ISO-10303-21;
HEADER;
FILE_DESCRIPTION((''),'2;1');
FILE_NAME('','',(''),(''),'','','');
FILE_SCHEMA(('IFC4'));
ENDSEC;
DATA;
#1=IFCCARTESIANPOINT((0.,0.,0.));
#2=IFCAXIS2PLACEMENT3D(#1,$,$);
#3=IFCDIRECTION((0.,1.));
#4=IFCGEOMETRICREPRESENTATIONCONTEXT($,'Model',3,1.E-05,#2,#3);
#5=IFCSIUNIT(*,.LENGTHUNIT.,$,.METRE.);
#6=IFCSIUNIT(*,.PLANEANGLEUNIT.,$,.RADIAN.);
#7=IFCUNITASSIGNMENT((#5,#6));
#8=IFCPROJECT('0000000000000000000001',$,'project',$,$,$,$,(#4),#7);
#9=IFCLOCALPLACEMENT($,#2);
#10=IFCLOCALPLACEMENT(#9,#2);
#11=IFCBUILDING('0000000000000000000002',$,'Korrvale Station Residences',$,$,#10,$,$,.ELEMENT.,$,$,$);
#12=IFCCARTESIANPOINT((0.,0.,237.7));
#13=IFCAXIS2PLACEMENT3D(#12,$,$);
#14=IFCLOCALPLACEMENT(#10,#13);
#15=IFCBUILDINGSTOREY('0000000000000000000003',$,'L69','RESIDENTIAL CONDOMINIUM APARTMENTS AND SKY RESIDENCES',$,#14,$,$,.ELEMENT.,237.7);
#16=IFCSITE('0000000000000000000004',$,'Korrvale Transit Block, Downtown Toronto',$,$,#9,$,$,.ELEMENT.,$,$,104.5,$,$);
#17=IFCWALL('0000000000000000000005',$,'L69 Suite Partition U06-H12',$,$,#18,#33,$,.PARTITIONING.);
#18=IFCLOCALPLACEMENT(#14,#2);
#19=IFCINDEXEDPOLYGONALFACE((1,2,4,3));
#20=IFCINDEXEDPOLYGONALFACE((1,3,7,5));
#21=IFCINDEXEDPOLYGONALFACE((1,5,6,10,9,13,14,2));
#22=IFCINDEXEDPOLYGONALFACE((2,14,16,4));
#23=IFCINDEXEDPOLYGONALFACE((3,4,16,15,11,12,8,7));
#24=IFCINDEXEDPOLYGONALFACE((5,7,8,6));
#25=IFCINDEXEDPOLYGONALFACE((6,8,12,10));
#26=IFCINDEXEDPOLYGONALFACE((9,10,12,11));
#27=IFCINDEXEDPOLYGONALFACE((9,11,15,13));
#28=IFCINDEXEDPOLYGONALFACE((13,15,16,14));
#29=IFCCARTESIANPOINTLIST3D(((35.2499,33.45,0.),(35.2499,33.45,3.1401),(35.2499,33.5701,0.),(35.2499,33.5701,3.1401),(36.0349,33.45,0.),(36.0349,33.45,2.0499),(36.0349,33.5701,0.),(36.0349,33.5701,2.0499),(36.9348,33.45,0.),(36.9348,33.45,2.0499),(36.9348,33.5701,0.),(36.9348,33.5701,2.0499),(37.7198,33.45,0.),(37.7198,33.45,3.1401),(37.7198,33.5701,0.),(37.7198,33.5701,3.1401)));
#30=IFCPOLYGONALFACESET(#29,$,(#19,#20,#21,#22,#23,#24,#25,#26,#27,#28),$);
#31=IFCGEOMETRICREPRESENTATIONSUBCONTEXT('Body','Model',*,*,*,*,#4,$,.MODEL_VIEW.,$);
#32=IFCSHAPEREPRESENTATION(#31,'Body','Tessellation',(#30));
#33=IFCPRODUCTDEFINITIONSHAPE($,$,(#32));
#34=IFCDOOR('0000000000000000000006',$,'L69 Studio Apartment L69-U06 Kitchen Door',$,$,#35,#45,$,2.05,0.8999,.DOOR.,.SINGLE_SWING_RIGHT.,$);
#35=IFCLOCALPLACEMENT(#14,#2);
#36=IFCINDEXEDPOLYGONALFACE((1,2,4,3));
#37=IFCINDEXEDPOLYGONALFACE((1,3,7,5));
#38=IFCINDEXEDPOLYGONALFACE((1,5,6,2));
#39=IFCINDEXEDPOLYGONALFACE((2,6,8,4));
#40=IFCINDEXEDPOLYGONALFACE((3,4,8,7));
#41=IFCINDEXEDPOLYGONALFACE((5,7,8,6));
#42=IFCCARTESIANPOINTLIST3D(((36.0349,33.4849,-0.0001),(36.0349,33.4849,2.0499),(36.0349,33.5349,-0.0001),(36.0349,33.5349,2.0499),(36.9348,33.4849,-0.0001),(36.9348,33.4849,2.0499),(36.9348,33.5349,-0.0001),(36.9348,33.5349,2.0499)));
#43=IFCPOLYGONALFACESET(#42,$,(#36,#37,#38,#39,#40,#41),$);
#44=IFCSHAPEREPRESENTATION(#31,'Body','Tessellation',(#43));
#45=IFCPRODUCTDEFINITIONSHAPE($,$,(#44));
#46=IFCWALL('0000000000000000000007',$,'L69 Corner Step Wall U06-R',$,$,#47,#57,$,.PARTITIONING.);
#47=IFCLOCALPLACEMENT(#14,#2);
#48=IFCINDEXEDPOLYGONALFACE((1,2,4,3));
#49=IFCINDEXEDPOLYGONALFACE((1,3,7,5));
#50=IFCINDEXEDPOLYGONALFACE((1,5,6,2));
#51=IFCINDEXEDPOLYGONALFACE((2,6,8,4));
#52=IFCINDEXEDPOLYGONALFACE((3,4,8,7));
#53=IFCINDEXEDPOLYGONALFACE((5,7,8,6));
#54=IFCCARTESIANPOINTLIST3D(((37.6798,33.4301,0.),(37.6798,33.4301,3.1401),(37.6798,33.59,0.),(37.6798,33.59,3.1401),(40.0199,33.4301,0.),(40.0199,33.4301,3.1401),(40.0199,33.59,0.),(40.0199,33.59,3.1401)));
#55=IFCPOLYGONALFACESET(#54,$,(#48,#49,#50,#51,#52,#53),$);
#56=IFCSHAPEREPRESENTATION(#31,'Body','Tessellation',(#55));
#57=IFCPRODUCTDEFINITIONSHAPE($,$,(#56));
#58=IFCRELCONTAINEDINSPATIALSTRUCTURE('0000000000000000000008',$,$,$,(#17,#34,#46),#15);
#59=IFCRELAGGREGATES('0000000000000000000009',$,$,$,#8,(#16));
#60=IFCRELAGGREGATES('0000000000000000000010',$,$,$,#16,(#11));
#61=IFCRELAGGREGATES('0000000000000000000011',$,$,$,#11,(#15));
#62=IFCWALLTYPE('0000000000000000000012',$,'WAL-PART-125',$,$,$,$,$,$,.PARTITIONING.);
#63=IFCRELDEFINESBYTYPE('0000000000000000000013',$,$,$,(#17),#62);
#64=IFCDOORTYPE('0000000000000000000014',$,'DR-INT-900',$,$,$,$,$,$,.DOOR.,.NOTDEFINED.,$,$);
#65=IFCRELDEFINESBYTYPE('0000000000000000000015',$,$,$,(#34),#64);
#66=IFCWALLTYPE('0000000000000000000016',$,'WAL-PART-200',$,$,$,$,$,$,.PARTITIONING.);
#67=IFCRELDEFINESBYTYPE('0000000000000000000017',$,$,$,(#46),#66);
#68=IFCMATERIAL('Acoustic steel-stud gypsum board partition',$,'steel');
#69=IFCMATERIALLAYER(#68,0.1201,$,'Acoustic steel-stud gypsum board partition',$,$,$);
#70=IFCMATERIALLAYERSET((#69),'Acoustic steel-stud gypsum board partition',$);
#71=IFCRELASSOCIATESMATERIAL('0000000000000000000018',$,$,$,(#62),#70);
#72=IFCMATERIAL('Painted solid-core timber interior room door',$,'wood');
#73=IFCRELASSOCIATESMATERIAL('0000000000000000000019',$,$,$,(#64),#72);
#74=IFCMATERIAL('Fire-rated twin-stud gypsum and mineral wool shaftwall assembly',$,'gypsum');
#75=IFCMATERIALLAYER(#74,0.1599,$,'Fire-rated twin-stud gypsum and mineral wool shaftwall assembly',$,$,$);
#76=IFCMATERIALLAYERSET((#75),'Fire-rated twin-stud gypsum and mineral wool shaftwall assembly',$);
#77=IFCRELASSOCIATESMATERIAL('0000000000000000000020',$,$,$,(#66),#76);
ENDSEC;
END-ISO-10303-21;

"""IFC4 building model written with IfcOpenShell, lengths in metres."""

from ifc_helpers import new_model, si_unit, direction, frame, frame_2d, origin, place, context, subcontext, project, spatial, rectangle, extrude, material, layer, layer_set, type_object, element, fill, save


model = new_model("IFC4")

# Units and contexts
model_context = context("Model", 3, precision=1e-05, world=origin(), true_north=direction((0.0, 1.0)))
body_context = subcontext(model_context, "Body", "Model", "MODEL_VIEW")
ifc_project = project(units=[si_unit("LENGTHUNIT", "METRE"), si_unit("PLANEANGLEUNIT", "RADIAN")], contexts=[model_context])

# Site, building, storey
site_placement = place(None, origin())
site = spatial("IfcSite", under=ifc_project, at=site_placement, Name="Korrvale Transit Block, Downtown Toronto", CompositionType="ELEMENT", RefElevation=104.5)
building_placement = place(site_placement, origin())
building = spatial("IfcBuilding", under=site, at=building_placement, Name="Korrvale Station Residences", CompositionType="ELEMENT")
storey_placement = place(building_placement, frame((0.0, 0.0, 237.7)))
storey = spatial("IfcBuildingStorey", under=building, at=storey_placement, Name="L69", Description="RESIDENTIAL CONDOMINIUM APARTMENTS AND SKY RESIDENCES", CompositionType="ELEMENT", Elevation=237.7)

# Shared definitions
ifc_material_1 = material(Name="Acoustic steel-stud gypsum board partition", Category="steel")
ifc_layer_1 = layer(ifc_material_1, 0.1201, Name="Acoustic steel-stud gypsum board partition")
ifc_layer_set_1 = layer_set([ifc_layer_1], Name="Acoustic steel-stud gypsum board partition")
wall_type_1 = type_object("IfcWallType", Name="WAL-PART-125", PredefinedType="PARTITIONING", material=ifc_layer_set_1)

# Wall, opening, door
wall_1_placement = place(storey_placement, frame((35.25, 33.51, 0.0), z_axis=(0.0, 0.0, 1.0), x_axis=(1.0, 0.0, 0.0)))
wall_1 = element("IfcWall", 1, at=wall_1_placement, inside=storey, type_object=wall_type_1, Name="L69 Suite Partition U06-H12", PredefinedType="PARTITIONING", context=body_context, shape_type="SweptSolid", body=[
    extrude(rectangle(XDim=2.47, YDim=0.1201, at=frame_2d((1.2349, 0.0))), origin(), (0.0, 0.0, 1.0), 3.1401),
])
opening_1_placement = place(wall_1_placement, frame((0.7849, 0.0, 0.0)))
opening_1 = element("IfcOpeningElement", 2, at=opening_1_placement, cuts=wall_1, PredefinedType="OPENING", context=body_context, shape_type="SweptSolid", body=[
    extrude(rectangle(XDim=0.8999, YDim=2.05, at=frame_2d((0.45, 1.0249))), frame((0.0, 0.0701, 0.0), z_axis=(0.0, -1.0, 0.0), x_axis=(1.0, 0.0, 0.0)), (0.0, 0.0, 1.0), 0.1401),
])
ifc_material_2 = material(Name="Painted solid-core timber interior room door", Category="wood")
door_type = type_object("IfcDoorType", Name="DR-INT-900", OperationType="NOTDEFINED", PredefinedType="DOOR", material=ifc_material_2)
door_placement = place(opening_1_placement, origin())
door = element("IfcDoor", 3, at=door_placement, inside=storey, type_object=door_type, Name="L69 Studio Apartment L69-U06 Kitchen Door", OperationType="SINGLE_SWING_RIGHT", OverallHeight=2.05, OverallWidth=0.8999, PredefinedType="DOOR", context=body_context, shape_type="SweptSolid", body=[
    extrude(rectangle(XDim=0.8999, YDim=2.05, at=frame_2d((0.45, 1.0249))), frame((0.0, 0.0249, 0.0), z_axis=(0.0, -1.0, 0.0), x_axis=(1.0, 0.0, 0.0)), (0.0, 0.0, 1.0), 0.05),
])
fill(opening_1, door)

# Wall
ifc_material_3 = material(Name="Fire-rated twin-stud gypsum and mineral wool shaftwall assembly", Category="gypsum")
ifc_layer_2 = layer(ifc_material_3, 0.1599, Name="Fire-rated twin-stud gypsum and mineral wool shaftwall assembly")
ifc_layer_set_2 = layer_set([ifc_layer_2], Name="Fire-rated twin-stud gypsum and mineral wool shaftwall assembly")
wall_type_2 = type_object("IfcWallType", Name="WAL-PART-200", PredefinedType="PARTITIONING", material=ifc_layer_set_2)
wall_2_placement = place(storey_placement, frame((37.6799, 33.51, 0.0), z_axis=(0.0, 0.0, 1.0), x_axis=(1.0, 0.0, 0.0)))
element("IfcWall", 4, at=wall_2_placement, inside=storey, type_object=wall_type_2, Name="L69 Corner Step Wall U06-R", PredefinedType="PARTITIONING", context=body_context, shape_type="SweptSolid", body=[
    extrude(rectangle(XDim=2.3401, YDim=0.1599, at=frame_2d((1.1699, 0.0))), origin(), (0.0, 0.0, 1.0), 3.1401),
])

save(model, "model.ifc")
